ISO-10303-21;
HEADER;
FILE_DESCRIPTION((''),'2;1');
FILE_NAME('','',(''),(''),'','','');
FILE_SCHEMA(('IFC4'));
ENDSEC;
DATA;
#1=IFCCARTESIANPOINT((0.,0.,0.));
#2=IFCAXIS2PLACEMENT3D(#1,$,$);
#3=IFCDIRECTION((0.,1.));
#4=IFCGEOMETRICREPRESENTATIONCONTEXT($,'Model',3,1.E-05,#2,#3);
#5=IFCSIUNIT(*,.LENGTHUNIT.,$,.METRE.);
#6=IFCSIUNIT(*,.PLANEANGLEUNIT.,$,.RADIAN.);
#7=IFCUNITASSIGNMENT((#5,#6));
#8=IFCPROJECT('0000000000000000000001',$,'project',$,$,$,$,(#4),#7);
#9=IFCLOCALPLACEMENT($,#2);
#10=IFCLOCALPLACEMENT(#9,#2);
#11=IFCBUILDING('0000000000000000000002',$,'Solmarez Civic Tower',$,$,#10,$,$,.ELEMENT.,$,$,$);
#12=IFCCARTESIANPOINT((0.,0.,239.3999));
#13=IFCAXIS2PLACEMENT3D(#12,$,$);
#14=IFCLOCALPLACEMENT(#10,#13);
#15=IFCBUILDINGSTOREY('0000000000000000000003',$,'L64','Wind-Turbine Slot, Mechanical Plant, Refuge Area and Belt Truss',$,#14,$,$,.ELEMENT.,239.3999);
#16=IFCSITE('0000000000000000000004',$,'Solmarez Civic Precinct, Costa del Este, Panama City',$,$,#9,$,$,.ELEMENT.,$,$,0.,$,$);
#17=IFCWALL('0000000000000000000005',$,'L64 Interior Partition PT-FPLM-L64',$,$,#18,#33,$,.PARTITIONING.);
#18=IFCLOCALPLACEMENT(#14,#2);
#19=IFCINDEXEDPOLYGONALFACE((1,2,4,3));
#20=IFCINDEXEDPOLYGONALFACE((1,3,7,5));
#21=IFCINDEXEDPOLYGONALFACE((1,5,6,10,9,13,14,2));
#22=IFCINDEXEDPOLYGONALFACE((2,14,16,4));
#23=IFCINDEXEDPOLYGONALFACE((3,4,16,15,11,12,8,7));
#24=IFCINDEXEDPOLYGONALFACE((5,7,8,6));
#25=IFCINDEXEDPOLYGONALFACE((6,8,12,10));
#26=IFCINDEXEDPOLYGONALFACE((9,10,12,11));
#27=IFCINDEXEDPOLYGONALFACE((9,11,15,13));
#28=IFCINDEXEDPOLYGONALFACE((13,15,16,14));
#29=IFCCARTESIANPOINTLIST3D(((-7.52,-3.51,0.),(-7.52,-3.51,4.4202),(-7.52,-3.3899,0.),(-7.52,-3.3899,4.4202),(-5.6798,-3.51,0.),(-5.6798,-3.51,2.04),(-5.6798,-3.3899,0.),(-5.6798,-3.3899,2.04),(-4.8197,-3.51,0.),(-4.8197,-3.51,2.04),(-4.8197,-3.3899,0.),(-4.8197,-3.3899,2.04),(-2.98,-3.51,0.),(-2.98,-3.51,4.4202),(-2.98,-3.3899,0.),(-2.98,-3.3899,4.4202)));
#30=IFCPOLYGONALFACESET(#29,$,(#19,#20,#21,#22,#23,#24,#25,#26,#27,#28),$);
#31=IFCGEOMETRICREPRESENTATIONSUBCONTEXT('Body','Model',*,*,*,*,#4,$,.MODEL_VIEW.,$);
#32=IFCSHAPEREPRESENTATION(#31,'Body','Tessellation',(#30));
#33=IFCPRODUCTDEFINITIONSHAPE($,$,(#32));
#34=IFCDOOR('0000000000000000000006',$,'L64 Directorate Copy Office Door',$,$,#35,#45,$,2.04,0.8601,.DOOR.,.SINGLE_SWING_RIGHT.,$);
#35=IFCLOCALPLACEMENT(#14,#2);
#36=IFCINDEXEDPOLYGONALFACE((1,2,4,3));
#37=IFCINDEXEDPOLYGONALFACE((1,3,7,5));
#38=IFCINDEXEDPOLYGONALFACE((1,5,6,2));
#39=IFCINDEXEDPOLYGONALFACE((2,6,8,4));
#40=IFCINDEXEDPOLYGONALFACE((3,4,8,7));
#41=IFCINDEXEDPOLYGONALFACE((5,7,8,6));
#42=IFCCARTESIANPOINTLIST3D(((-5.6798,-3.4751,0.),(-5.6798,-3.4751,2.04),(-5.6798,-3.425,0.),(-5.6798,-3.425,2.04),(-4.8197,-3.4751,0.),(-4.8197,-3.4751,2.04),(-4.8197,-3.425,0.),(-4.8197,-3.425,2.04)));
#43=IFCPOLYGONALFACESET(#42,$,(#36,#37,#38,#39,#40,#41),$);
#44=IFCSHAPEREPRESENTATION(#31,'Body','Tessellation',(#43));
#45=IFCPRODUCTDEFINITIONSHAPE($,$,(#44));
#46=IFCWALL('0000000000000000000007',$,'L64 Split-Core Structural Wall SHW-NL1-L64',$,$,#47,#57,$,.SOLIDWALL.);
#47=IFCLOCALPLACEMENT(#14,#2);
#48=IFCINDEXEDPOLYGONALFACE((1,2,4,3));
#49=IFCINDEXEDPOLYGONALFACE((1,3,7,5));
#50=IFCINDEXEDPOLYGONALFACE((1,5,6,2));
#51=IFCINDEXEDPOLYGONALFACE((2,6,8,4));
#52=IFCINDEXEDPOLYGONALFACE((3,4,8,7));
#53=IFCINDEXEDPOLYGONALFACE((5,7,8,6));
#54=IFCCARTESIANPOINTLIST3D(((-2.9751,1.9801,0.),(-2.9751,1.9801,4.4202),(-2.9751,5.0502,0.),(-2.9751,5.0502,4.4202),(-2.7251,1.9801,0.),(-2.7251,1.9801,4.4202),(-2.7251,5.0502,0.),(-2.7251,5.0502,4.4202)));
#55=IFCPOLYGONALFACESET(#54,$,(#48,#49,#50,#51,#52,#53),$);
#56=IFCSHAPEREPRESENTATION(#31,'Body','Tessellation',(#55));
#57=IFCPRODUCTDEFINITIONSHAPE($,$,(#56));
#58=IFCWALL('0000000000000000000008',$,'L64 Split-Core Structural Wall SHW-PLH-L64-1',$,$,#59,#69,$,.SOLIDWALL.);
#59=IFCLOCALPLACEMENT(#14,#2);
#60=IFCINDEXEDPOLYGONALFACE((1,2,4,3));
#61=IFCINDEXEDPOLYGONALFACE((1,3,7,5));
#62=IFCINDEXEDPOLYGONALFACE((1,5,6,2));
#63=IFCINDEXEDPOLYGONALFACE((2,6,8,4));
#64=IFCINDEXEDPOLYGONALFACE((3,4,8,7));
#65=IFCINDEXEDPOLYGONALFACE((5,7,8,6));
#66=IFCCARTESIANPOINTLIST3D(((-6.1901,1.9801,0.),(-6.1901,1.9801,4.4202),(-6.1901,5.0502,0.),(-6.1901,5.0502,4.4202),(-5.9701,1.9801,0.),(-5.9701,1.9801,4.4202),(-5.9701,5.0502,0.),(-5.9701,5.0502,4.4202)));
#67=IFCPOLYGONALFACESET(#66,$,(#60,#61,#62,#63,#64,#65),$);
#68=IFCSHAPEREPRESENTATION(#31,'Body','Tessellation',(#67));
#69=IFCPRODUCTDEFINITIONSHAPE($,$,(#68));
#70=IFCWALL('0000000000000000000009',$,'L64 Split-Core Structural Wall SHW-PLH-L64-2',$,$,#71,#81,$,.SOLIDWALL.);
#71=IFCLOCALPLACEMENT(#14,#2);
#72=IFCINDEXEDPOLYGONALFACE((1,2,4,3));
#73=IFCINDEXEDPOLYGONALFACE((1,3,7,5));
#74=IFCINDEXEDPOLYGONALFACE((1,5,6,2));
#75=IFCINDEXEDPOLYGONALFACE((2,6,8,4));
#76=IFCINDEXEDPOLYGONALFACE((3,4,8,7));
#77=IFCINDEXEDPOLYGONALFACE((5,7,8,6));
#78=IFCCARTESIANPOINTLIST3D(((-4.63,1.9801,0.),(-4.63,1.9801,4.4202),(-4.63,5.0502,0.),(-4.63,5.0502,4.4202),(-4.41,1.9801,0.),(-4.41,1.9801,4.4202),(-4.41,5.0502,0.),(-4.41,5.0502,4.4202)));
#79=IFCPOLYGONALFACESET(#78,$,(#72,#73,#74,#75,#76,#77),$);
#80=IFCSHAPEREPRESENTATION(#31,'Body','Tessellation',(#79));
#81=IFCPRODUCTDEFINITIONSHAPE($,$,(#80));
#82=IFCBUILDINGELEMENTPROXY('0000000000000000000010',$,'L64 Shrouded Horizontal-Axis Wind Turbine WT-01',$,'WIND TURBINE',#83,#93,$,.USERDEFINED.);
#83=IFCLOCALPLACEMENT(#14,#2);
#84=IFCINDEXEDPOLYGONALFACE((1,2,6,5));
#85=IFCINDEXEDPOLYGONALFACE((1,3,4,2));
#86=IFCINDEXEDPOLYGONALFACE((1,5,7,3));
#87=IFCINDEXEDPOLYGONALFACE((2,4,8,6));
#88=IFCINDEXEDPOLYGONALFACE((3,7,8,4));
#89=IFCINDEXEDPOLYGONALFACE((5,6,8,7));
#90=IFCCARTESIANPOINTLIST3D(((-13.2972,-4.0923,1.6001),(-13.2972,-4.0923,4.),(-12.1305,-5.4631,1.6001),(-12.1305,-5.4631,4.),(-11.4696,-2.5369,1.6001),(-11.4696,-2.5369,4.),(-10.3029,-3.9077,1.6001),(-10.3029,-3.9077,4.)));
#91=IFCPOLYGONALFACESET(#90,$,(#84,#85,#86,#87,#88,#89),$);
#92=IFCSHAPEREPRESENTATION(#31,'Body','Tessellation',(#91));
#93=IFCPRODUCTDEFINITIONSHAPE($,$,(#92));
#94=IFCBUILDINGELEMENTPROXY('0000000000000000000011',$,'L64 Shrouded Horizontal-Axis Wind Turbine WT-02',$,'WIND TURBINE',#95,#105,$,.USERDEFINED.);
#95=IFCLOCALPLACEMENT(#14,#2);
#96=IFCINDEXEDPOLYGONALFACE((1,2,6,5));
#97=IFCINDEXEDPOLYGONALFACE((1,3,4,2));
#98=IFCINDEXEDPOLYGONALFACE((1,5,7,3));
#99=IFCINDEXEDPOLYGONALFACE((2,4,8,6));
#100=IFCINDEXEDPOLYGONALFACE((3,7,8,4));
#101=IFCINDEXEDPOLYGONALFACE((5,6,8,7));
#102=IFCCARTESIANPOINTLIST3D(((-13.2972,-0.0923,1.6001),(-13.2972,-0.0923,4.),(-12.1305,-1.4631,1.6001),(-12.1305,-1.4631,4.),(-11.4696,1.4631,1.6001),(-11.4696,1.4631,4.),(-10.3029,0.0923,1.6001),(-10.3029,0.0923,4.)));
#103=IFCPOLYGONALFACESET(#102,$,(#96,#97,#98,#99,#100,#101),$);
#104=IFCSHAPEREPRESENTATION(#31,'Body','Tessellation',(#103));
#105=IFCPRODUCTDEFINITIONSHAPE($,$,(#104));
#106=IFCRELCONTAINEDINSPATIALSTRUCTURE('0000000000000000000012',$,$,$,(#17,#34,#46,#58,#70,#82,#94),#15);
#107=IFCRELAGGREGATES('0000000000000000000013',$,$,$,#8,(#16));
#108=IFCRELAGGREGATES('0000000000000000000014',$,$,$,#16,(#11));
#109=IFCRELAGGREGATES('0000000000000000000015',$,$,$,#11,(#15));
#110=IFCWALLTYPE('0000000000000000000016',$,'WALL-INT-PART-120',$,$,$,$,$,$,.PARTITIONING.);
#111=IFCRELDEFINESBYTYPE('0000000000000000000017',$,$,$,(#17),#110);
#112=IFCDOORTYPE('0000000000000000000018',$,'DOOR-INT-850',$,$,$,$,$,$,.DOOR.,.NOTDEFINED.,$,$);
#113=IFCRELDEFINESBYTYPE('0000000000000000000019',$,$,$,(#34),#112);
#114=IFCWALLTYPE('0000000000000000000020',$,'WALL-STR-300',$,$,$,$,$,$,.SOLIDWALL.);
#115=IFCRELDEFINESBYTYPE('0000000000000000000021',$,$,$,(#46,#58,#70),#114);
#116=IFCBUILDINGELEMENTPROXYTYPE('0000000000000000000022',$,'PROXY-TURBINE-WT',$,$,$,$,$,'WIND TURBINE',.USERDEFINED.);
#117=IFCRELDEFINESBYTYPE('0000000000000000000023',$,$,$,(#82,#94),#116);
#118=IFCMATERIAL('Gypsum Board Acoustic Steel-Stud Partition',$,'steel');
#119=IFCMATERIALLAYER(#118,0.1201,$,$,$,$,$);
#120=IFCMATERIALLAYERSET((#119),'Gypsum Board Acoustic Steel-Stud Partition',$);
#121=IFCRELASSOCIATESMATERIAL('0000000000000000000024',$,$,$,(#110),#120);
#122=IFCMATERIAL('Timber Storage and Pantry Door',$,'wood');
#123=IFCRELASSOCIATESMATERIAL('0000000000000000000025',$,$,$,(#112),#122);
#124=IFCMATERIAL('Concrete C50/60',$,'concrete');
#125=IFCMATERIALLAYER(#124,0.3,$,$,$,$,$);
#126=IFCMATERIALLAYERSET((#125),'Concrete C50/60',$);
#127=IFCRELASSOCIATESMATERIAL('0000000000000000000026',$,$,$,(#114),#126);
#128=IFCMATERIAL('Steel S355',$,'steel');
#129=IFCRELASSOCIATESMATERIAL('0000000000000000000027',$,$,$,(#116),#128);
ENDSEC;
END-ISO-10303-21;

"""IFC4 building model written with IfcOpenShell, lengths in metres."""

from ifc_helpers import new_model, si_unit, direction, frame, frame_2d, origin, origin_2d, place, context, subcontext, project, spatial, rectangle, extrude, material, layer, layer_set, type_object, element, fill, save


model = new_model("IFC4")

# Units and contexts
model_context = context("Model", 3, precision=1e-05, world=origin(), true_north=direction((0.0, 1.0)))
body_context = subcontext(model_context, "Body", "Model", "MODEL_VIEW")
ifc_project = project(units=[si_unit("LENGTHUNIT", "METRE"), si_unit("PLANEANGLEUNIT", "RADIAN")], contexts=[model_context])

# Site, building, storey
site_placement = place(None, origin())
site = spatial("IfcSite", under=ifc_project, at=site_placement, Name="Solmarez Civic Precinct, Costa del Este, Panama City", CompositionType="ELEMENT", RefElevation=0.0)
building_placement = place(site_placement, origin())
building = spatial("IfcBuilding", under=site, at=building_placement, Name="Solmarez Civic Tower", CompositionType="ELEMENT")
storey_placement = place(building_placement, frame((0.0, 0.0, 239.3999)))
storey = spatial("IfcBuildingStorey", under=building, at=storey_placement, Name="L64", Description="Wind-Turbine Slot, Mechanical Plant, Refuge Area and Belt Truss", CompositionType="ELEMENT", Elevation=239.3999)

# Shared definitions
ifc_material_1 = material(Name="Steel S355", Category="steel")
ifc_material_2 = material(Name="Concrete C50/60", Category="concrete")

# Shared definitions
ifc_material_3 = material(Name="Gypsum Board Acoustic Steel-Stud Partition", Category="steel")

# Wall, opening, door
ifc_layer_1 = layer(ifc_material_3, 0.1201)
ifc_layer_set_1 = layer_set([ifc_layer_1], Name="Gypsum Board Acoustic Steel-Stud Partition")
wall_type_1 = type_object("IfcWallType", Name="WALL-INT-PART-120", PredefinedType="PARTITIONING", material=ifc_layer_set_1)
wall_1_placement = place(storey_placement, frame((-7.52, -3.45, 0.0), z_axis=(0.0, 0.0, 1.0), x_axis=(1.0, 0.0, 0.0)))
wall_1 = element("IfcWall", 1, at=wall_1_placement, inside=storey, type_object=wall_type_1, Name="L64 Interior Partition PT-FPLM-L64", PredefinedType="PARTITIONING", context=body_context, shape_type="SweptSolid", body=[
    extrude(rectangle(XDim=4.54, YDim=0.1201, at=frame_2d((2.27, 0.0))), origin(), (0.0, 0.0, 1.0), 4.4202),
])
opening_1_placement = place(wall_1_placement, frame((1.8401, 0.0, 0.0)))
opening_1 = element("IfcOpeningElement", 2, at=opening_1_placement, cuts=wall_1, PredefinedType="OPENING", context=body_context, shape_type="SweptSolid", body=[
    extrude(rectangle(XDim=0.8601, YDim=2.04, at=frame_2d((0.4302, 1.02))), frame((0.0, 0.0701, 0.0), z_axis=(0.0, -1.0, 0.0), x_axis=(1.0, 0.0, 0.0)), (0.0, 0.0, 1.0), 0.1401),
])
ifc_material_4 = material(Name="Timber Storage and Pantry Door", Category="wood")
door_type_1 = type_object("IfcDoorType", Name="DOOR-INT-850", OperationType="NOTDEFINED", PredefinedType="DOOR", material=ifc_material_4)
door_1_placement = place(opening_1_placement, origin())
door_1 = element("IfcDoor", 3, at=door_1_placement, inside=storey, type_object=door_type_1, Name="L64 Directorate Copy Office Door", OperationType="SINGLE_SWING_RIGHT", OverallHeight=2.04, OverallWidth=0.8601, PredefinedType="DOOR", context=body_context, shape_type="SweptSolid", body=[
    extrude(rectangle(XDim=0.8601, YDim=2.04, at=frame_2d((0.4302, 1.02))), frame((0.0, 0.0249, 0.0), z_axis=(0.0, -1.0, 0.0), x_axis=(1.0, 0.0, 0.0)), (0.0, 0.0, 1.0), 0.05),
])
fill(opening_1, door_1)

# Walls
ifc_layer_2 = layer(ifc_material_2, 0.3)
ifc_layer_set_2 = layer_set([ifc_layer_2], Name="Concrete C50/60")
wall_type_2 = type_object("IfcWallType", Name="WALL-STR-300", PredefinedType="SOLIDWALL", material=ifc_layer_set_2)
wall_2_placement = place(storey_placement, frame((-2.8501, 1.98, 0.0), z_axis=(0.0, 0.0, 1.0), x_axis=(0.0, 1.0, 0.0)))
element("IfcWall", 4, at=wall_2_placement, inside=storey, type_object=wall_type_2, Name="L64 Split-Core Structural Wall SHW-NL1-L64", PredefinedType="SOLIDWALL", context=body_context, shape_type="SweptSolid", body=[
    extrude(rectangle(XDim=3.0701, YDim=0.25, at=frame_2d((1.5352, 0.0))), origin(), (0.0, 0.0, 1.0), 4.4202),
])
for number, where, z_axis, x_axis, name in (
    (5, (-6.0801, 1.98, 0.0), (0.0, 0.0, 1.0), (0.0, 1.0, 0.0), "L64 Split-Core Structural Wall SHW-PLH-L64-1"),
    (6, (-4.52, 1.98, 0.0), (0.0, 0.0, 1.0), (0.0, 1.0, 0.0), "L64 Split-Core Structural Wall SHW-PLH-L64-2"),
):
    element("IfcWall", number, at=place(storey_placement, frame(where, z_axis=z_axis, x_axis=x_axis)), inside=storey, type_object=wall_type_2, Name=name, PredefinedType="SOLIDWALL", context=body_context, shape_type="SweptSolid", body=[
        extrude(rectangle(XDim=3.0701, YDim=0.22, at=frame_2d((1.5352, 0.0))), origin(), (0.0, 0.0, 1.0), 4.4202),
    ])

# Building element proxies
building_element_proxy_type = type_object("IfcBuildingElementProxyType", Name="PROXY-TURBINE-WT", ElementType="WIND TURBINE", PredefinedType="USERDEFINED", material=ifc_material_1)
for number, where, z_axis, x_axis, name in (
    (7, (-11.8, -4.0, 1.6001), (0.0, 0.0, 1.0), (0.761538, 0.64812, 0.0), "L64 Shrouded Horizontal-Axis Wind Turbine WT-01"),
    (8, (-11.8, 0.0, 1.6001), (0.0, 0.0, 1.0), (0.761538, 0.64812, 0.0), "L64 Shrouded Horizontal-Axis Wind Turbine WT-02"),
):
    element("IfcBuildingElementProxy", number, at=place(storey_placement, frame(where, z_axis=z_axis, x_axis=x_axis)), inside=storey, type_object=building_element_proxy_type, Name=name, ObjectType="WIND TURBINE", PredefinedType="USERDEFINED", context=body_context, shape_type="SweptSolid", body=[
        extrude(rectangle(XDim=2.3999, YDim=1.8, at=origin_2d()), origin(), (0.0, 0.0, 1.0), 2.3999),
    ])

save(model, "model.ifc")
